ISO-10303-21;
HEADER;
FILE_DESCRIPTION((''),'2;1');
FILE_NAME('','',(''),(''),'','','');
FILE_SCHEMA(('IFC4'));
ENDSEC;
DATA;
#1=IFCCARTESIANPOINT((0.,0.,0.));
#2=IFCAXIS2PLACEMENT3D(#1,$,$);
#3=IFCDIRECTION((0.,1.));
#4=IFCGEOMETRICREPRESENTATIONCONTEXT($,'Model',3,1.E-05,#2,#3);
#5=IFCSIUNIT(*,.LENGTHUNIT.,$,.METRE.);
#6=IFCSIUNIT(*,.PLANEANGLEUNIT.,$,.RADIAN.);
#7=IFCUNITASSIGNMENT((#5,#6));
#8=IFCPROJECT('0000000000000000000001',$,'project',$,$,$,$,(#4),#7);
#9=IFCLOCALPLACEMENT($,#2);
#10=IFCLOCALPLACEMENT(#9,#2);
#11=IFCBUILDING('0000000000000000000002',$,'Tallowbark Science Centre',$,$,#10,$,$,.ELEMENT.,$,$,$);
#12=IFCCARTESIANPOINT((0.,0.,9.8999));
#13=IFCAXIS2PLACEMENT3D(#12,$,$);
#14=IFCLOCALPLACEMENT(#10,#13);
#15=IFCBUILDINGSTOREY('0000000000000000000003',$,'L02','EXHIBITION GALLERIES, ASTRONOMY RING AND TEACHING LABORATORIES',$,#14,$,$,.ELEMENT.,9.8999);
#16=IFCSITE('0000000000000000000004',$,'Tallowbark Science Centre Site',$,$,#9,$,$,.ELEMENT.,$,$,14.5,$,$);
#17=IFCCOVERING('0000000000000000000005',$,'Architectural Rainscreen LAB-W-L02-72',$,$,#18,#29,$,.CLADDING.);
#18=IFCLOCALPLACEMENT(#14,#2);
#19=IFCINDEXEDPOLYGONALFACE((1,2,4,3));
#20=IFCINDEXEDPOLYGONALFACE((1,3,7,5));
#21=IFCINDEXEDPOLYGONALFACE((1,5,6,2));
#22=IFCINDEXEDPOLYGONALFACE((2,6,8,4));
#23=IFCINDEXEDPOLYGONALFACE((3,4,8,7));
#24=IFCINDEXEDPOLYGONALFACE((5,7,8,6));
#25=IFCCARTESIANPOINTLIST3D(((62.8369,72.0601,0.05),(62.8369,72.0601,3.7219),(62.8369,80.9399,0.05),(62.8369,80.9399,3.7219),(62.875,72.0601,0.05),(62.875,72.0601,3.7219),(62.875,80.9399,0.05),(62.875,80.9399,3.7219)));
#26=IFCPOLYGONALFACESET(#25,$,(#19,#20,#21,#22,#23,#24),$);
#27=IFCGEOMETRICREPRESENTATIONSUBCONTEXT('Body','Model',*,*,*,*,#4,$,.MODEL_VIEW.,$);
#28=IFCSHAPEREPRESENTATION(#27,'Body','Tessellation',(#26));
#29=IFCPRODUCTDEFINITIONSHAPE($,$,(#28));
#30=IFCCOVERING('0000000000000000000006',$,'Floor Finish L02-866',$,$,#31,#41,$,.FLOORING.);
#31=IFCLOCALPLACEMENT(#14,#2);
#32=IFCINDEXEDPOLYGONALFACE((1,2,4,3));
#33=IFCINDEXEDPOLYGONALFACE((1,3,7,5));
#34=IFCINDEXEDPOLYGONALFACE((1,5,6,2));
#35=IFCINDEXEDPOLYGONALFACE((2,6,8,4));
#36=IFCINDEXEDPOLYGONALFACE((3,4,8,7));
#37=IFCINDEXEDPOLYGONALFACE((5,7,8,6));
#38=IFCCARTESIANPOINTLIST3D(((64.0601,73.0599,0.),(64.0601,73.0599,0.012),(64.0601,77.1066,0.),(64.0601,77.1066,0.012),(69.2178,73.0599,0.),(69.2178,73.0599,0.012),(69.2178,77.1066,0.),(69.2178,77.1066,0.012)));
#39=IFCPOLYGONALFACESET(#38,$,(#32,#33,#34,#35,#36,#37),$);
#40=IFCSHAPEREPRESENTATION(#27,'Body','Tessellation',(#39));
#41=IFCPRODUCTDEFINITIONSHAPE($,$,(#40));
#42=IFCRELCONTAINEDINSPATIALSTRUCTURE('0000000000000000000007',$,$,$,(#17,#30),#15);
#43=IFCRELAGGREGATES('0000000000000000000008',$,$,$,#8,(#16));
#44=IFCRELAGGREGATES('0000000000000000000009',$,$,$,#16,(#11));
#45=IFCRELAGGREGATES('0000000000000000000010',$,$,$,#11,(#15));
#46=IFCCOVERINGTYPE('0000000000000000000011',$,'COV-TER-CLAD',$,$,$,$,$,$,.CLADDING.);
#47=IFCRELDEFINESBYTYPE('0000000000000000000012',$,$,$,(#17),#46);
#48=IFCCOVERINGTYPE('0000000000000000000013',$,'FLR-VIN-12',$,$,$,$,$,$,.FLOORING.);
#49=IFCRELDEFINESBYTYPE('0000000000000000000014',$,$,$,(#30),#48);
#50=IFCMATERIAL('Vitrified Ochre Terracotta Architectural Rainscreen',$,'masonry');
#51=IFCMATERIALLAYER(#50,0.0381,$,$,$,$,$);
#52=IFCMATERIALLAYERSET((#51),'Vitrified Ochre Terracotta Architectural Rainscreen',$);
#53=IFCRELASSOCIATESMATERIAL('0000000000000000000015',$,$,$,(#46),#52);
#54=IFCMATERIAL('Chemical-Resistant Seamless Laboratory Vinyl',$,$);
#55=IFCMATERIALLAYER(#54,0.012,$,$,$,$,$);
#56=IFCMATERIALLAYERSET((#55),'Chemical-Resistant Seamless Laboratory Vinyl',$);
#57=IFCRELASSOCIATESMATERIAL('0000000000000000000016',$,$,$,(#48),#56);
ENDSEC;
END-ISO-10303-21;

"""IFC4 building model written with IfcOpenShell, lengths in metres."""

from ifc_helpers import new_model, si_unit, direction, frame, origin, origin_2d, place, context, subcontext, project, spatial, rectangle, extrude, material, layer, layer_set, type_object, element, save


model = new_model("IFC4")

# Units and contexts
model_context = context("Model", 3, precision=1e-05, world=origin(), true_north=direction((0.0, 1.0)))
body_context = subcontext(model_context, "Body", "Model", "MODEL_VIEW")
ifc_project = project(units=[si_unit("LENGTHUNIT", "METRE"), si_unit("PLANEANGLEUNIT", "RADIAN")], contexts=[model_context])

# Site, building, storey
site_placement = place(None, origin())
site = spatial("IfcSite", under=ifc_project, at=site_placement, Name="Tallowbark Science Centre Site", CompositionType="ELEMENT", RefElevation=14.5)
building_placement = place(site_placement, origin())
building = spatial("IfcBuilding", under=site, at=building_placement, Name="Tallowbark Science Centre", CompositionType="ELEMENT")
storey_placement = place(building_placement, frame((0.0, 0.0, 9.8999)))
storey = spatial("IfcBuildingStorey", under=building, at=storey_placement, Name="L02", Description="EXHIBITION GALLERIES, ASTRONOMY RING AND TEACHING LABORATORIES", CompositionType="ELEMENT", Elevation=9.8999)

# Coverings
ifc_material_1 = material(Name="Vitrified Ochre Terracotta Architectural Rainscreen", Category="masonry")
ifc_layer_1 = layer(ifc_material_1, 0.0381)
ifc_layer_set_1 = layer_set([ifc_layer_1], Name="Vitrified Ochre Terracotta Architectural Rainscreen")
covering_type_1 = type_object("IfcCoveringType", Name="COV-TER-CLAD", PredefinedType="CLADDING", material=ifc_layer_set_1)
covering_1_placement = place(storey_placement, frame((62.856, 76.5, 0.05), z_axis=(0.0, 0.0, 1.0), x_axis=(0.0, -1.0, 0.0)))
element("IfcCovering", 1, at=covering_1_placement, inside=storey, type_object=covering_type_1, Name="Architectural Rainscreen LAB-W-L02-72", PredefinedType="CLADDING", context=body_context, shape_type="SweptSolid", body=[
    extrude(rectangle(XDim=8.8799, YDim=0.0381, at=origin_2d()), origin(), (0.0, 0.0, 1.0), 3.6719),
])
ifc_material_2 = material(Name="Chemical-Resistant Seamless Laboratory Vinyl")
ifc_layer_2 = layer(ifc_material_2, 0.012)
ifc_layer_set_2 = layer_set([ifc_layer_2], Name="Chemical-Resistant Seamless Laboratory Vinyl")
covering_type_2 = type_object("IfcCoveringType", Name="FLR-VIN-12", PredefinedType="FLOORING", material=ifc_layer_set_2)
covering_2_placement = place(storey_placement, frame((66.6389, 75.0833, 0.0), z_axis=(0.0, 0.0, 1.0), x_axis=(1.0, 0.0, 0.0)))
element("IfcCovering", 2, at=covering_2_placement, inside=storey, type_object=covering_type_2, Name="Floor Finish L02-866", PredefinedType="FLOORING", context=body_context, shape_type="SweptSolid", body=[
    extrude(rectangle(XDim=5.1577, YDim=4.0466, at=origin_2d()), origin(), (0.0, 0.0, 1.0), 0.012),
])

save(model, "model.ifc")
